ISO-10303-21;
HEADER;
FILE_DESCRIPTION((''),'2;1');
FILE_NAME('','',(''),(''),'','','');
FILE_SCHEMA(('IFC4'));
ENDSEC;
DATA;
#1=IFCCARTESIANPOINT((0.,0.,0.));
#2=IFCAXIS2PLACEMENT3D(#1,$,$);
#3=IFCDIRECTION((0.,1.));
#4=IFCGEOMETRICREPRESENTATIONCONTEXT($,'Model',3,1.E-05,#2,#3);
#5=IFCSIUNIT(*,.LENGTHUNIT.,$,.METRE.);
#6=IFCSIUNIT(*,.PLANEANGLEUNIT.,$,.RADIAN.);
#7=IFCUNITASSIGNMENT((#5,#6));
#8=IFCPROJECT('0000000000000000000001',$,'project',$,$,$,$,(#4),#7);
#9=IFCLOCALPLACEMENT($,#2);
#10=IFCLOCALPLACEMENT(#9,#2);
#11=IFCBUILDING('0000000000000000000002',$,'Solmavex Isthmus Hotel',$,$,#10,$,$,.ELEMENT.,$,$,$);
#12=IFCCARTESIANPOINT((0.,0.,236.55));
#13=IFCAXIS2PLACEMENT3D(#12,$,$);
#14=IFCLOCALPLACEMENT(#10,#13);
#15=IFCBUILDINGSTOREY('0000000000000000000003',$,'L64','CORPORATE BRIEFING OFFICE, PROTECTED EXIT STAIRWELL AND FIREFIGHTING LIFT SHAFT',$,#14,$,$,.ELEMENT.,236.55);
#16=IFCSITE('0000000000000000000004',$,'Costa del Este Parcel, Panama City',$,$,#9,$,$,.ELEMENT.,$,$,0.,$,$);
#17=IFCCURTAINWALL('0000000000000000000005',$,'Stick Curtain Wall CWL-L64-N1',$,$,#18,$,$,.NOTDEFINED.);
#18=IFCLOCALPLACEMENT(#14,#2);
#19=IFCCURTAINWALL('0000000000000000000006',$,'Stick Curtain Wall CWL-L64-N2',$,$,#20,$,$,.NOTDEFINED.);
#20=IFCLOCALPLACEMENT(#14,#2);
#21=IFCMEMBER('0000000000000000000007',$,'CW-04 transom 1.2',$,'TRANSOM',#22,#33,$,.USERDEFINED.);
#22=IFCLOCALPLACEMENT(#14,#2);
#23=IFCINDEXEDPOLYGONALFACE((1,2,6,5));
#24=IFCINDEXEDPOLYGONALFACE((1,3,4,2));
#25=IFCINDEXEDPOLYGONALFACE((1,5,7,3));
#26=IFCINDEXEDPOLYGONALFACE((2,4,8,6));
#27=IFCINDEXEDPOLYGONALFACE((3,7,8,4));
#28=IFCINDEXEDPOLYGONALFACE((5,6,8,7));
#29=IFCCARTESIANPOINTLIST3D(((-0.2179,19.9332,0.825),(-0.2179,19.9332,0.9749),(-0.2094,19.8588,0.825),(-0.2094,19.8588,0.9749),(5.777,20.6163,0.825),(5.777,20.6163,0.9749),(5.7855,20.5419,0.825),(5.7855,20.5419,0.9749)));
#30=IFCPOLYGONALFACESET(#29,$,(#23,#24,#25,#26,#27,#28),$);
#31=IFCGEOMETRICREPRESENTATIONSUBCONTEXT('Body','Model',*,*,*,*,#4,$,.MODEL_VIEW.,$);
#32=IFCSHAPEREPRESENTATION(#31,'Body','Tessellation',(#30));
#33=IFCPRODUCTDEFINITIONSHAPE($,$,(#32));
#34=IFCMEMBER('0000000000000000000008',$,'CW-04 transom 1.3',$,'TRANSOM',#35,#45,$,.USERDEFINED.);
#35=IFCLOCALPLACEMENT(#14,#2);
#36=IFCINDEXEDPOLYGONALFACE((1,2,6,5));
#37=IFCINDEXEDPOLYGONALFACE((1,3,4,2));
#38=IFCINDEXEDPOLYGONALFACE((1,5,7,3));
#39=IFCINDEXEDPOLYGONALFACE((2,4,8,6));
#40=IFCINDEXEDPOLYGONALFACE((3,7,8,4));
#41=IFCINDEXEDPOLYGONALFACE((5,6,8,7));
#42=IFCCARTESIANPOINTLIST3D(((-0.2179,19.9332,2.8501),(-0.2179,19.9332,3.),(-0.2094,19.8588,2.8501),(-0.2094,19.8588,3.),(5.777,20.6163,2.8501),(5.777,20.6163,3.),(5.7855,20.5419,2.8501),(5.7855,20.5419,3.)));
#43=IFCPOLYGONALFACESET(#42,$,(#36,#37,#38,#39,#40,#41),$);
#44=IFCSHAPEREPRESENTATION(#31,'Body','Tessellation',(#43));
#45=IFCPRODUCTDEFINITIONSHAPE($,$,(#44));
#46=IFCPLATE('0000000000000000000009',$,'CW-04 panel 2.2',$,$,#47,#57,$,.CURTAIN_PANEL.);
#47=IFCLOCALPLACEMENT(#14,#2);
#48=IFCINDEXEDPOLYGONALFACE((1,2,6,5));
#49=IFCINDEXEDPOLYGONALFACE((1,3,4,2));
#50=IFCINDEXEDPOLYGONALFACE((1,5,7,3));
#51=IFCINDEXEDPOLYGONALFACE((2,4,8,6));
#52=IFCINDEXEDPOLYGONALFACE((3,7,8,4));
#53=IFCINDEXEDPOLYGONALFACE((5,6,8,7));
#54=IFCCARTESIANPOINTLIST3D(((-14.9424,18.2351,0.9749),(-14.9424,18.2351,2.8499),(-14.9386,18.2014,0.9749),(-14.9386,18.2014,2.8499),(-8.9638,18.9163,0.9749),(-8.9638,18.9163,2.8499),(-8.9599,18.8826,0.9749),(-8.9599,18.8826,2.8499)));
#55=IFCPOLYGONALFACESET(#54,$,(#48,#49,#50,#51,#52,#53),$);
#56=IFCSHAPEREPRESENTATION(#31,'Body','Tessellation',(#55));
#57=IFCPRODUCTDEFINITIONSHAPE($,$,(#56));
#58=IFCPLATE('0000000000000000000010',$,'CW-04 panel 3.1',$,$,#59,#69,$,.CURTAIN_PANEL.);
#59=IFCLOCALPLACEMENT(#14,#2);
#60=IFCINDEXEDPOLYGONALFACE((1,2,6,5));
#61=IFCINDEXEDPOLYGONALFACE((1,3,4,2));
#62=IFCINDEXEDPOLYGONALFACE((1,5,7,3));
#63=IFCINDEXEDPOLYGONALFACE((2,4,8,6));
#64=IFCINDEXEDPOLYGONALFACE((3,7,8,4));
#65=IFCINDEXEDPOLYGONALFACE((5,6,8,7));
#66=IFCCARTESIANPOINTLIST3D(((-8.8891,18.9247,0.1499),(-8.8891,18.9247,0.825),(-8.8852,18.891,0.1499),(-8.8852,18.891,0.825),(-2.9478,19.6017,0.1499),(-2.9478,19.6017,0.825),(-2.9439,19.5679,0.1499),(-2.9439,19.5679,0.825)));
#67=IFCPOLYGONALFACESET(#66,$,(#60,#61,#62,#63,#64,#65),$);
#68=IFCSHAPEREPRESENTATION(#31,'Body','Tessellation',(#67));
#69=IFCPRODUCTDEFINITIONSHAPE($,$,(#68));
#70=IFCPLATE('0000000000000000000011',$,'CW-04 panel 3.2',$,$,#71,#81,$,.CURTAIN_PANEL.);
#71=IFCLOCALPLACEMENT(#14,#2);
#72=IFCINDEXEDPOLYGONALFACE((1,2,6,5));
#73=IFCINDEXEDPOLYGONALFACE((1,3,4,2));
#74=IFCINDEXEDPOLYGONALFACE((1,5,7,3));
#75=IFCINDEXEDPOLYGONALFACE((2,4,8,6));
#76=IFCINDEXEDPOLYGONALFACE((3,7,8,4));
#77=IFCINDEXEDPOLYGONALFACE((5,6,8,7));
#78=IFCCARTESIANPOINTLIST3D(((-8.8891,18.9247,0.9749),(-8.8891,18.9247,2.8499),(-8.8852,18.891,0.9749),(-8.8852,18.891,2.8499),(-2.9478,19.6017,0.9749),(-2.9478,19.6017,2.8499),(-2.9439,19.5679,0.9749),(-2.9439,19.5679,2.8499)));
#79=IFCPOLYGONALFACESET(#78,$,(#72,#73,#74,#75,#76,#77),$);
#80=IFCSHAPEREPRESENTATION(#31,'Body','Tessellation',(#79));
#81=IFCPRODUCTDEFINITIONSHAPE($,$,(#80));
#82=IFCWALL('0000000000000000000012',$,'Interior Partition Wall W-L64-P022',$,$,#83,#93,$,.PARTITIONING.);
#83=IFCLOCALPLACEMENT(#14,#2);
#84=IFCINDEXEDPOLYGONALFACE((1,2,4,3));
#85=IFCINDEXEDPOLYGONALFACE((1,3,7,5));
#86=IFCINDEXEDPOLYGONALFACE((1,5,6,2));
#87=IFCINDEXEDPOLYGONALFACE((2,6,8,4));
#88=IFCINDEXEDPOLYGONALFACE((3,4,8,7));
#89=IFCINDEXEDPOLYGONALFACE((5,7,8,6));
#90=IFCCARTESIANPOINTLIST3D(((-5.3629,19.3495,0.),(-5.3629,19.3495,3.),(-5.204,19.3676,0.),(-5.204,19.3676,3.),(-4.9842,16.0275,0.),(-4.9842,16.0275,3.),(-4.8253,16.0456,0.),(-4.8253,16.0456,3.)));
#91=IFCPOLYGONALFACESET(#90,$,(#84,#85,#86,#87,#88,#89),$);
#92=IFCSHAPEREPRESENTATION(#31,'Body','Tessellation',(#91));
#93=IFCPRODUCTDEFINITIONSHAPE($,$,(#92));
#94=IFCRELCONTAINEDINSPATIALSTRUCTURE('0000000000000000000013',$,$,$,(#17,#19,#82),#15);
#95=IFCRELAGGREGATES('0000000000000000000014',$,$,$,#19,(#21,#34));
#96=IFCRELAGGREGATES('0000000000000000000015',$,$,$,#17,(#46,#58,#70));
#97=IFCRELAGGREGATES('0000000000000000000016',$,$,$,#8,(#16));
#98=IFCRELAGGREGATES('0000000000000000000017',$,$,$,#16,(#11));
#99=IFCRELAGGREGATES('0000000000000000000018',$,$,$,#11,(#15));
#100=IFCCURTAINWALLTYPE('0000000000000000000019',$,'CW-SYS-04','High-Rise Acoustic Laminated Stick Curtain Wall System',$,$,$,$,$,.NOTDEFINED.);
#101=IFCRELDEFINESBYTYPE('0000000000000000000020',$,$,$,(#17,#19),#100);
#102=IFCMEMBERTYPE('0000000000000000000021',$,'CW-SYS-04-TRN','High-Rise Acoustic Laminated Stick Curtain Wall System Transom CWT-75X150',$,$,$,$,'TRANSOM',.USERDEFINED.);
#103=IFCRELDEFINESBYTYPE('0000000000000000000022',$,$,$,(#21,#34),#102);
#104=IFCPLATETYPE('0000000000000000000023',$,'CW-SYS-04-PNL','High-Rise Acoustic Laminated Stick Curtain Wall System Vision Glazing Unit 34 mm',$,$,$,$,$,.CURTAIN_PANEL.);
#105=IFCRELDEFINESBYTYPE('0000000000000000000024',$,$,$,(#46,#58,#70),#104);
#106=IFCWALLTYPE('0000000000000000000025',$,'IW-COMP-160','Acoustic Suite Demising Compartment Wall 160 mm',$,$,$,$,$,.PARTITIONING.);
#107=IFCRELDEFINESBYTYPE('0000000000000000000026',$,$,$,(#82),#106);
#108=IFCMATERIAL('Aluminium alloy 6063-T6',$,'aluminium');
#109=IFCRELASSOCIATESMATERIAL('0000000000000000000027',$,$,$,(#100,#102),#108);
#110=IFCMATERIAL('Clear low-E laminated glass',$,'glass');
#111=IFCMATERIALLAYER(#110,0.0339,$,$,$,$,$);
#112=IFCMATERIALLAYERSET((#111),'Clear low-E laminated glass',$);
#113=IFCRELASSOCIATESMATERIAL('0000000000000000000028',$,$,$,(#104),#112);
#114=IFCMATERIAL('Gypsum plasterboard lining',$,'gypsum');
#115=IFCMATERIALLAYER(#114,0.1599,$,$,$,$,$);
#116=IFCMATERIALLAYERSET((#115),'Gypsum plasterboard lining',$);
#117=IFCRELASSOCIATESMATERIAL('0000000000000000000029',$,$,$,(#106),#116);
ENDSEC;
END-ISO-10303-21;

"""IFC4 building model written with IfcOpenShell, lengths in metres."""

from ifc_helpers import new_model, si_unit, direction, frame, frame_2d, origin, origin_2d, place, context, subcontext, project, spatial, rectangle, extrude, material, layer, layer_set, material_profile, profile_set, type_object, element, aggregate, save


model = new_model("IFC4")

# Units and contexts
model_context = context("Model", 3, precision=1e-05, world=origin(), true_north=direction((0.0, 1.0)))
body_context = subcontext(model_context, "Body", "Model", "MODEL_VIEW")
ifc_project = project(units=[si_unit("LENGTHUNIT", "METRE"), si_unit("PLANEANGLEUNIT", "RADIAN")], contexts=[model_context])

# Site, building, storey
site_placement = place(None, origin())
site = spatial("IfcSite", under=ifc_project, at=site_placement, Name="Costa del Este Parcel, Panama City", CompositionType="ELEMENT", RefElevation=0.0)
building_placement = place(site_placement, origin())
building = spatial("IfcBuilding", under=site, at=building_placement, Name="Solmavex Isthmus Hotel", CompositionType="ELEMENT")
storey_placement = place(building_placement, frame((0.0, 0.0, 236.55)))
storey = spatial("IfcBuildingStorey", under=building, at=storey_placement, Name="L64", Description="CORPORATE BRIEFING OFFICE, PROTECTED EXIT STAIRWELL AND FIREFIGHTING LIFT SHAFT", CompositionType="ELEMENT", Elevation=236.55)

# Curtain wall
ifc_material_1 = material(Name="Aluminium alloy 6063-T6", Category="aluminium")
curtain_wall_type = type_object("IfcCurtainWallType", Name="CW-SYS-04", Description="High-Rise Acoustic Laminated Stick Curtain Wall System", PredefinedType="NOTDEFINED", material=ifc_material_1)
curtain_wall_1_placement = place(storey_placement, origin())
curtain_wall_1 = element("IfcCurtainWall", 1, at=curtain_wall_1_placement, inside=storey, type_object=curtain_wall_type, Name="Stick Curtain Wall CWL-L64-N1", PredefinedType="NOTDEFINED")

# Curtain wall
curtain_wall_2_placement = place(storey_placement, origin())
curtain_wall_2 = element("IfcCurtainWall", 2, at=curtain_wall_2_placement, inside=storey, type_object=curtain_wall_type, Name="Stick Curtain Wall CWL-L64-N2", PredefinedType="NOTDEFINED")

# Members
ifc_material_profile_1 = material_profile(ifc_material_1, rectangle(XDim=0.075, YDim=0.1499, at=origin_2d()), Name="CWT-75X150")
ifc_profile_set_1 = profile_set([ifc_material_profile_1], Name="Aluminium alloy 6063-T6")
member_type_1 = type_object("IfcMemberType", Name="CW-SYS-04-TRN", Description="High-Rise Acoustic Laminated Stick Curtain Wall System Transom CWT-75X150", ElementType="TRANSOM", PredefinedType="USERDEFINED", material=ifc_profile_set_1)
member_1_placement = place(storey_placement, frame((-0.2136, 19.896, 0.8999), z_axis=(0.99357, 0.113216, 0.0), x_axis=(-0.113216, 0.99357, 0.0)))
member_1 = element("IfcMember", 3, at=member_1_placement, type_object=member_type_1, Name="CW-04 transom 1.2", ObjectType="TRANSOM", PredefinedType="USERDEFINED", context=body_context, shape_type="SweptSolid", body=[
    extrude(rectangle(XDim=0.075, YDim=0.1499, at=origin_2d()), origin(), (0.0, 0.0, 1.0), 6.0337),
])
member_2_placement = place(storey_placement, frame((-0.2136, 19.896, 2.925), z_axis=(0.99357, 0.113216, 0.0), x_axis=(-0.113216, 0.99357, 0.0)))
member_2 = element("IfcMember", 4, at=member_2_placement, type_object=member_type_1, Name="CW-04 transom 1.3", ObjectType="TRANSOM", PredefinedType="USERDEFINED", context=body_context, shape_type="SweptSolid", body=[
    extrude(rectangle(XDim=0.075, YDim=0.1499, at=origin_2d()), origin(), (0.0, 0.0, 1.0), 6.0337),
])
aggregate(curtain_wall_2, [member_1, member_2])

# Plates
ifc_material_2 = material(Name="Clear low-E laminated glass", Category="glass")
ifc_layer_1 = layer(ifc_material_2, 0.0339)
ifc_layer_set_1 = layer_set([ifc_layer_1], Name="Clear low-E laminated glass")
plate_type = type_object("IfcPlateType", Name="CW-SYS-04-PNL", Description="High-Rise Acoustic Laminated Stick Curtain Wall System Vision Glazing Unit 34 mm", PredefinedType="CURTAIN_PANEL", material=ifc_layer_set_1)
plate_1_placement = place(storey_placement, frame((-11.9512, 18.5588, 0.9749), z_axis=(0.0, 0.0, 1.0), x_axis=(0.993572, 0.113203, 0.0)))
plate_1 = element("IfcPlate", 5, at=plate_1_placement, type_object=plate_type, Name="CW-04 panel 2.2", PredefinedType="CURTAIN_PANEL", context=body_context, shape_type="SweptSolid", body=[
    extrude(rectangle(XDim=6.0173, YDim=0.0339, at=origin_2d()), origin(), (0.0, 0.0, 1.0), 1.875),
])
plate_2_placement = place(storey_placement, frame((-5.9165, 19.2463, 0.1499), z_axis=(0.0, 0.0, 1.0), x_axis=(0.993572, 0.113203, 0.0)))
plate_2 = element("IfcPlate", 6, at=plate_2_placement, type_object=plate_type, Name="CW-04 panel 3.1", PredefinedType="CURTAIN_PANEL", context=body_context, shape_type="SweptSolid", body=[
    extrude(rectangle(XDim=5.9797, YDim=0.0339, at=origin_2d()), origin(), (0.0, 0.0, 1.0), 0.675),
])
plate_3_placement = place(storey_placement, frame((-5.9165, 19.2463, 0.9749), z_axis=(0.0, 0.0, 1.0), x_axis=(0.993572, 0.113203, 0.0)))
plate_3 = element("IfcPlate", 7, at=plate_3_placement, type_object=plate_type, Name="CW-04 panel 3.2", PredefinedType="CURTAIN_PANEL", context=body_context, shape_type="SweptSolid", body=[
    extrude(rectangle(XDim=5.9797, YDim=0.0339, at=origin_2d()), origin(), (0.0, 0.0, 1.0), 1.875),
])
aggregate(curtain_wall_1, [plate_1, plate_2, plate_3])

# Wall
ifc_material_3 = material(Name="Gypsum plasterboard lining", Category="gypsum")
ifc_layer_2 = layer(ifc_material_3, 0.1599)
ifc_layer_set_2 = layer_set([ifc_layer_2], Name="Gypsum plasterboard lining")
wall_type_1 = type_object("IfcWallType", Name="IW-COMP-160", Description="Acoustic Suite Demising Compartment Wall 160 mm", PredefinedType="PARTITIONING", material=ifc_layer_set_2)
wall_1_placement = place(storey_placement, frame((-5.2834, 19.3586, 0.0), z_axis=(0.0, 0.0, 1.0), x_axis=(0.113252, -0.993566, 0.0)))
element("IfcWall", 8, at=wall_1_placement, inside=storey, type_object=wall_type_1, Name="Interior Partition Wall W-L64-P022", PredefinedType="PARTITIONING", context=body_context, shape_type="SweptSolid", body=[
    extrude(rectangle(XDim=3.3435, YDim=0.1599, at=frame_2d((1.6719, 0.0))), origin(), (0.0, 0.0, 1.0), 3.0),
])

save(model, "model.ifc")
